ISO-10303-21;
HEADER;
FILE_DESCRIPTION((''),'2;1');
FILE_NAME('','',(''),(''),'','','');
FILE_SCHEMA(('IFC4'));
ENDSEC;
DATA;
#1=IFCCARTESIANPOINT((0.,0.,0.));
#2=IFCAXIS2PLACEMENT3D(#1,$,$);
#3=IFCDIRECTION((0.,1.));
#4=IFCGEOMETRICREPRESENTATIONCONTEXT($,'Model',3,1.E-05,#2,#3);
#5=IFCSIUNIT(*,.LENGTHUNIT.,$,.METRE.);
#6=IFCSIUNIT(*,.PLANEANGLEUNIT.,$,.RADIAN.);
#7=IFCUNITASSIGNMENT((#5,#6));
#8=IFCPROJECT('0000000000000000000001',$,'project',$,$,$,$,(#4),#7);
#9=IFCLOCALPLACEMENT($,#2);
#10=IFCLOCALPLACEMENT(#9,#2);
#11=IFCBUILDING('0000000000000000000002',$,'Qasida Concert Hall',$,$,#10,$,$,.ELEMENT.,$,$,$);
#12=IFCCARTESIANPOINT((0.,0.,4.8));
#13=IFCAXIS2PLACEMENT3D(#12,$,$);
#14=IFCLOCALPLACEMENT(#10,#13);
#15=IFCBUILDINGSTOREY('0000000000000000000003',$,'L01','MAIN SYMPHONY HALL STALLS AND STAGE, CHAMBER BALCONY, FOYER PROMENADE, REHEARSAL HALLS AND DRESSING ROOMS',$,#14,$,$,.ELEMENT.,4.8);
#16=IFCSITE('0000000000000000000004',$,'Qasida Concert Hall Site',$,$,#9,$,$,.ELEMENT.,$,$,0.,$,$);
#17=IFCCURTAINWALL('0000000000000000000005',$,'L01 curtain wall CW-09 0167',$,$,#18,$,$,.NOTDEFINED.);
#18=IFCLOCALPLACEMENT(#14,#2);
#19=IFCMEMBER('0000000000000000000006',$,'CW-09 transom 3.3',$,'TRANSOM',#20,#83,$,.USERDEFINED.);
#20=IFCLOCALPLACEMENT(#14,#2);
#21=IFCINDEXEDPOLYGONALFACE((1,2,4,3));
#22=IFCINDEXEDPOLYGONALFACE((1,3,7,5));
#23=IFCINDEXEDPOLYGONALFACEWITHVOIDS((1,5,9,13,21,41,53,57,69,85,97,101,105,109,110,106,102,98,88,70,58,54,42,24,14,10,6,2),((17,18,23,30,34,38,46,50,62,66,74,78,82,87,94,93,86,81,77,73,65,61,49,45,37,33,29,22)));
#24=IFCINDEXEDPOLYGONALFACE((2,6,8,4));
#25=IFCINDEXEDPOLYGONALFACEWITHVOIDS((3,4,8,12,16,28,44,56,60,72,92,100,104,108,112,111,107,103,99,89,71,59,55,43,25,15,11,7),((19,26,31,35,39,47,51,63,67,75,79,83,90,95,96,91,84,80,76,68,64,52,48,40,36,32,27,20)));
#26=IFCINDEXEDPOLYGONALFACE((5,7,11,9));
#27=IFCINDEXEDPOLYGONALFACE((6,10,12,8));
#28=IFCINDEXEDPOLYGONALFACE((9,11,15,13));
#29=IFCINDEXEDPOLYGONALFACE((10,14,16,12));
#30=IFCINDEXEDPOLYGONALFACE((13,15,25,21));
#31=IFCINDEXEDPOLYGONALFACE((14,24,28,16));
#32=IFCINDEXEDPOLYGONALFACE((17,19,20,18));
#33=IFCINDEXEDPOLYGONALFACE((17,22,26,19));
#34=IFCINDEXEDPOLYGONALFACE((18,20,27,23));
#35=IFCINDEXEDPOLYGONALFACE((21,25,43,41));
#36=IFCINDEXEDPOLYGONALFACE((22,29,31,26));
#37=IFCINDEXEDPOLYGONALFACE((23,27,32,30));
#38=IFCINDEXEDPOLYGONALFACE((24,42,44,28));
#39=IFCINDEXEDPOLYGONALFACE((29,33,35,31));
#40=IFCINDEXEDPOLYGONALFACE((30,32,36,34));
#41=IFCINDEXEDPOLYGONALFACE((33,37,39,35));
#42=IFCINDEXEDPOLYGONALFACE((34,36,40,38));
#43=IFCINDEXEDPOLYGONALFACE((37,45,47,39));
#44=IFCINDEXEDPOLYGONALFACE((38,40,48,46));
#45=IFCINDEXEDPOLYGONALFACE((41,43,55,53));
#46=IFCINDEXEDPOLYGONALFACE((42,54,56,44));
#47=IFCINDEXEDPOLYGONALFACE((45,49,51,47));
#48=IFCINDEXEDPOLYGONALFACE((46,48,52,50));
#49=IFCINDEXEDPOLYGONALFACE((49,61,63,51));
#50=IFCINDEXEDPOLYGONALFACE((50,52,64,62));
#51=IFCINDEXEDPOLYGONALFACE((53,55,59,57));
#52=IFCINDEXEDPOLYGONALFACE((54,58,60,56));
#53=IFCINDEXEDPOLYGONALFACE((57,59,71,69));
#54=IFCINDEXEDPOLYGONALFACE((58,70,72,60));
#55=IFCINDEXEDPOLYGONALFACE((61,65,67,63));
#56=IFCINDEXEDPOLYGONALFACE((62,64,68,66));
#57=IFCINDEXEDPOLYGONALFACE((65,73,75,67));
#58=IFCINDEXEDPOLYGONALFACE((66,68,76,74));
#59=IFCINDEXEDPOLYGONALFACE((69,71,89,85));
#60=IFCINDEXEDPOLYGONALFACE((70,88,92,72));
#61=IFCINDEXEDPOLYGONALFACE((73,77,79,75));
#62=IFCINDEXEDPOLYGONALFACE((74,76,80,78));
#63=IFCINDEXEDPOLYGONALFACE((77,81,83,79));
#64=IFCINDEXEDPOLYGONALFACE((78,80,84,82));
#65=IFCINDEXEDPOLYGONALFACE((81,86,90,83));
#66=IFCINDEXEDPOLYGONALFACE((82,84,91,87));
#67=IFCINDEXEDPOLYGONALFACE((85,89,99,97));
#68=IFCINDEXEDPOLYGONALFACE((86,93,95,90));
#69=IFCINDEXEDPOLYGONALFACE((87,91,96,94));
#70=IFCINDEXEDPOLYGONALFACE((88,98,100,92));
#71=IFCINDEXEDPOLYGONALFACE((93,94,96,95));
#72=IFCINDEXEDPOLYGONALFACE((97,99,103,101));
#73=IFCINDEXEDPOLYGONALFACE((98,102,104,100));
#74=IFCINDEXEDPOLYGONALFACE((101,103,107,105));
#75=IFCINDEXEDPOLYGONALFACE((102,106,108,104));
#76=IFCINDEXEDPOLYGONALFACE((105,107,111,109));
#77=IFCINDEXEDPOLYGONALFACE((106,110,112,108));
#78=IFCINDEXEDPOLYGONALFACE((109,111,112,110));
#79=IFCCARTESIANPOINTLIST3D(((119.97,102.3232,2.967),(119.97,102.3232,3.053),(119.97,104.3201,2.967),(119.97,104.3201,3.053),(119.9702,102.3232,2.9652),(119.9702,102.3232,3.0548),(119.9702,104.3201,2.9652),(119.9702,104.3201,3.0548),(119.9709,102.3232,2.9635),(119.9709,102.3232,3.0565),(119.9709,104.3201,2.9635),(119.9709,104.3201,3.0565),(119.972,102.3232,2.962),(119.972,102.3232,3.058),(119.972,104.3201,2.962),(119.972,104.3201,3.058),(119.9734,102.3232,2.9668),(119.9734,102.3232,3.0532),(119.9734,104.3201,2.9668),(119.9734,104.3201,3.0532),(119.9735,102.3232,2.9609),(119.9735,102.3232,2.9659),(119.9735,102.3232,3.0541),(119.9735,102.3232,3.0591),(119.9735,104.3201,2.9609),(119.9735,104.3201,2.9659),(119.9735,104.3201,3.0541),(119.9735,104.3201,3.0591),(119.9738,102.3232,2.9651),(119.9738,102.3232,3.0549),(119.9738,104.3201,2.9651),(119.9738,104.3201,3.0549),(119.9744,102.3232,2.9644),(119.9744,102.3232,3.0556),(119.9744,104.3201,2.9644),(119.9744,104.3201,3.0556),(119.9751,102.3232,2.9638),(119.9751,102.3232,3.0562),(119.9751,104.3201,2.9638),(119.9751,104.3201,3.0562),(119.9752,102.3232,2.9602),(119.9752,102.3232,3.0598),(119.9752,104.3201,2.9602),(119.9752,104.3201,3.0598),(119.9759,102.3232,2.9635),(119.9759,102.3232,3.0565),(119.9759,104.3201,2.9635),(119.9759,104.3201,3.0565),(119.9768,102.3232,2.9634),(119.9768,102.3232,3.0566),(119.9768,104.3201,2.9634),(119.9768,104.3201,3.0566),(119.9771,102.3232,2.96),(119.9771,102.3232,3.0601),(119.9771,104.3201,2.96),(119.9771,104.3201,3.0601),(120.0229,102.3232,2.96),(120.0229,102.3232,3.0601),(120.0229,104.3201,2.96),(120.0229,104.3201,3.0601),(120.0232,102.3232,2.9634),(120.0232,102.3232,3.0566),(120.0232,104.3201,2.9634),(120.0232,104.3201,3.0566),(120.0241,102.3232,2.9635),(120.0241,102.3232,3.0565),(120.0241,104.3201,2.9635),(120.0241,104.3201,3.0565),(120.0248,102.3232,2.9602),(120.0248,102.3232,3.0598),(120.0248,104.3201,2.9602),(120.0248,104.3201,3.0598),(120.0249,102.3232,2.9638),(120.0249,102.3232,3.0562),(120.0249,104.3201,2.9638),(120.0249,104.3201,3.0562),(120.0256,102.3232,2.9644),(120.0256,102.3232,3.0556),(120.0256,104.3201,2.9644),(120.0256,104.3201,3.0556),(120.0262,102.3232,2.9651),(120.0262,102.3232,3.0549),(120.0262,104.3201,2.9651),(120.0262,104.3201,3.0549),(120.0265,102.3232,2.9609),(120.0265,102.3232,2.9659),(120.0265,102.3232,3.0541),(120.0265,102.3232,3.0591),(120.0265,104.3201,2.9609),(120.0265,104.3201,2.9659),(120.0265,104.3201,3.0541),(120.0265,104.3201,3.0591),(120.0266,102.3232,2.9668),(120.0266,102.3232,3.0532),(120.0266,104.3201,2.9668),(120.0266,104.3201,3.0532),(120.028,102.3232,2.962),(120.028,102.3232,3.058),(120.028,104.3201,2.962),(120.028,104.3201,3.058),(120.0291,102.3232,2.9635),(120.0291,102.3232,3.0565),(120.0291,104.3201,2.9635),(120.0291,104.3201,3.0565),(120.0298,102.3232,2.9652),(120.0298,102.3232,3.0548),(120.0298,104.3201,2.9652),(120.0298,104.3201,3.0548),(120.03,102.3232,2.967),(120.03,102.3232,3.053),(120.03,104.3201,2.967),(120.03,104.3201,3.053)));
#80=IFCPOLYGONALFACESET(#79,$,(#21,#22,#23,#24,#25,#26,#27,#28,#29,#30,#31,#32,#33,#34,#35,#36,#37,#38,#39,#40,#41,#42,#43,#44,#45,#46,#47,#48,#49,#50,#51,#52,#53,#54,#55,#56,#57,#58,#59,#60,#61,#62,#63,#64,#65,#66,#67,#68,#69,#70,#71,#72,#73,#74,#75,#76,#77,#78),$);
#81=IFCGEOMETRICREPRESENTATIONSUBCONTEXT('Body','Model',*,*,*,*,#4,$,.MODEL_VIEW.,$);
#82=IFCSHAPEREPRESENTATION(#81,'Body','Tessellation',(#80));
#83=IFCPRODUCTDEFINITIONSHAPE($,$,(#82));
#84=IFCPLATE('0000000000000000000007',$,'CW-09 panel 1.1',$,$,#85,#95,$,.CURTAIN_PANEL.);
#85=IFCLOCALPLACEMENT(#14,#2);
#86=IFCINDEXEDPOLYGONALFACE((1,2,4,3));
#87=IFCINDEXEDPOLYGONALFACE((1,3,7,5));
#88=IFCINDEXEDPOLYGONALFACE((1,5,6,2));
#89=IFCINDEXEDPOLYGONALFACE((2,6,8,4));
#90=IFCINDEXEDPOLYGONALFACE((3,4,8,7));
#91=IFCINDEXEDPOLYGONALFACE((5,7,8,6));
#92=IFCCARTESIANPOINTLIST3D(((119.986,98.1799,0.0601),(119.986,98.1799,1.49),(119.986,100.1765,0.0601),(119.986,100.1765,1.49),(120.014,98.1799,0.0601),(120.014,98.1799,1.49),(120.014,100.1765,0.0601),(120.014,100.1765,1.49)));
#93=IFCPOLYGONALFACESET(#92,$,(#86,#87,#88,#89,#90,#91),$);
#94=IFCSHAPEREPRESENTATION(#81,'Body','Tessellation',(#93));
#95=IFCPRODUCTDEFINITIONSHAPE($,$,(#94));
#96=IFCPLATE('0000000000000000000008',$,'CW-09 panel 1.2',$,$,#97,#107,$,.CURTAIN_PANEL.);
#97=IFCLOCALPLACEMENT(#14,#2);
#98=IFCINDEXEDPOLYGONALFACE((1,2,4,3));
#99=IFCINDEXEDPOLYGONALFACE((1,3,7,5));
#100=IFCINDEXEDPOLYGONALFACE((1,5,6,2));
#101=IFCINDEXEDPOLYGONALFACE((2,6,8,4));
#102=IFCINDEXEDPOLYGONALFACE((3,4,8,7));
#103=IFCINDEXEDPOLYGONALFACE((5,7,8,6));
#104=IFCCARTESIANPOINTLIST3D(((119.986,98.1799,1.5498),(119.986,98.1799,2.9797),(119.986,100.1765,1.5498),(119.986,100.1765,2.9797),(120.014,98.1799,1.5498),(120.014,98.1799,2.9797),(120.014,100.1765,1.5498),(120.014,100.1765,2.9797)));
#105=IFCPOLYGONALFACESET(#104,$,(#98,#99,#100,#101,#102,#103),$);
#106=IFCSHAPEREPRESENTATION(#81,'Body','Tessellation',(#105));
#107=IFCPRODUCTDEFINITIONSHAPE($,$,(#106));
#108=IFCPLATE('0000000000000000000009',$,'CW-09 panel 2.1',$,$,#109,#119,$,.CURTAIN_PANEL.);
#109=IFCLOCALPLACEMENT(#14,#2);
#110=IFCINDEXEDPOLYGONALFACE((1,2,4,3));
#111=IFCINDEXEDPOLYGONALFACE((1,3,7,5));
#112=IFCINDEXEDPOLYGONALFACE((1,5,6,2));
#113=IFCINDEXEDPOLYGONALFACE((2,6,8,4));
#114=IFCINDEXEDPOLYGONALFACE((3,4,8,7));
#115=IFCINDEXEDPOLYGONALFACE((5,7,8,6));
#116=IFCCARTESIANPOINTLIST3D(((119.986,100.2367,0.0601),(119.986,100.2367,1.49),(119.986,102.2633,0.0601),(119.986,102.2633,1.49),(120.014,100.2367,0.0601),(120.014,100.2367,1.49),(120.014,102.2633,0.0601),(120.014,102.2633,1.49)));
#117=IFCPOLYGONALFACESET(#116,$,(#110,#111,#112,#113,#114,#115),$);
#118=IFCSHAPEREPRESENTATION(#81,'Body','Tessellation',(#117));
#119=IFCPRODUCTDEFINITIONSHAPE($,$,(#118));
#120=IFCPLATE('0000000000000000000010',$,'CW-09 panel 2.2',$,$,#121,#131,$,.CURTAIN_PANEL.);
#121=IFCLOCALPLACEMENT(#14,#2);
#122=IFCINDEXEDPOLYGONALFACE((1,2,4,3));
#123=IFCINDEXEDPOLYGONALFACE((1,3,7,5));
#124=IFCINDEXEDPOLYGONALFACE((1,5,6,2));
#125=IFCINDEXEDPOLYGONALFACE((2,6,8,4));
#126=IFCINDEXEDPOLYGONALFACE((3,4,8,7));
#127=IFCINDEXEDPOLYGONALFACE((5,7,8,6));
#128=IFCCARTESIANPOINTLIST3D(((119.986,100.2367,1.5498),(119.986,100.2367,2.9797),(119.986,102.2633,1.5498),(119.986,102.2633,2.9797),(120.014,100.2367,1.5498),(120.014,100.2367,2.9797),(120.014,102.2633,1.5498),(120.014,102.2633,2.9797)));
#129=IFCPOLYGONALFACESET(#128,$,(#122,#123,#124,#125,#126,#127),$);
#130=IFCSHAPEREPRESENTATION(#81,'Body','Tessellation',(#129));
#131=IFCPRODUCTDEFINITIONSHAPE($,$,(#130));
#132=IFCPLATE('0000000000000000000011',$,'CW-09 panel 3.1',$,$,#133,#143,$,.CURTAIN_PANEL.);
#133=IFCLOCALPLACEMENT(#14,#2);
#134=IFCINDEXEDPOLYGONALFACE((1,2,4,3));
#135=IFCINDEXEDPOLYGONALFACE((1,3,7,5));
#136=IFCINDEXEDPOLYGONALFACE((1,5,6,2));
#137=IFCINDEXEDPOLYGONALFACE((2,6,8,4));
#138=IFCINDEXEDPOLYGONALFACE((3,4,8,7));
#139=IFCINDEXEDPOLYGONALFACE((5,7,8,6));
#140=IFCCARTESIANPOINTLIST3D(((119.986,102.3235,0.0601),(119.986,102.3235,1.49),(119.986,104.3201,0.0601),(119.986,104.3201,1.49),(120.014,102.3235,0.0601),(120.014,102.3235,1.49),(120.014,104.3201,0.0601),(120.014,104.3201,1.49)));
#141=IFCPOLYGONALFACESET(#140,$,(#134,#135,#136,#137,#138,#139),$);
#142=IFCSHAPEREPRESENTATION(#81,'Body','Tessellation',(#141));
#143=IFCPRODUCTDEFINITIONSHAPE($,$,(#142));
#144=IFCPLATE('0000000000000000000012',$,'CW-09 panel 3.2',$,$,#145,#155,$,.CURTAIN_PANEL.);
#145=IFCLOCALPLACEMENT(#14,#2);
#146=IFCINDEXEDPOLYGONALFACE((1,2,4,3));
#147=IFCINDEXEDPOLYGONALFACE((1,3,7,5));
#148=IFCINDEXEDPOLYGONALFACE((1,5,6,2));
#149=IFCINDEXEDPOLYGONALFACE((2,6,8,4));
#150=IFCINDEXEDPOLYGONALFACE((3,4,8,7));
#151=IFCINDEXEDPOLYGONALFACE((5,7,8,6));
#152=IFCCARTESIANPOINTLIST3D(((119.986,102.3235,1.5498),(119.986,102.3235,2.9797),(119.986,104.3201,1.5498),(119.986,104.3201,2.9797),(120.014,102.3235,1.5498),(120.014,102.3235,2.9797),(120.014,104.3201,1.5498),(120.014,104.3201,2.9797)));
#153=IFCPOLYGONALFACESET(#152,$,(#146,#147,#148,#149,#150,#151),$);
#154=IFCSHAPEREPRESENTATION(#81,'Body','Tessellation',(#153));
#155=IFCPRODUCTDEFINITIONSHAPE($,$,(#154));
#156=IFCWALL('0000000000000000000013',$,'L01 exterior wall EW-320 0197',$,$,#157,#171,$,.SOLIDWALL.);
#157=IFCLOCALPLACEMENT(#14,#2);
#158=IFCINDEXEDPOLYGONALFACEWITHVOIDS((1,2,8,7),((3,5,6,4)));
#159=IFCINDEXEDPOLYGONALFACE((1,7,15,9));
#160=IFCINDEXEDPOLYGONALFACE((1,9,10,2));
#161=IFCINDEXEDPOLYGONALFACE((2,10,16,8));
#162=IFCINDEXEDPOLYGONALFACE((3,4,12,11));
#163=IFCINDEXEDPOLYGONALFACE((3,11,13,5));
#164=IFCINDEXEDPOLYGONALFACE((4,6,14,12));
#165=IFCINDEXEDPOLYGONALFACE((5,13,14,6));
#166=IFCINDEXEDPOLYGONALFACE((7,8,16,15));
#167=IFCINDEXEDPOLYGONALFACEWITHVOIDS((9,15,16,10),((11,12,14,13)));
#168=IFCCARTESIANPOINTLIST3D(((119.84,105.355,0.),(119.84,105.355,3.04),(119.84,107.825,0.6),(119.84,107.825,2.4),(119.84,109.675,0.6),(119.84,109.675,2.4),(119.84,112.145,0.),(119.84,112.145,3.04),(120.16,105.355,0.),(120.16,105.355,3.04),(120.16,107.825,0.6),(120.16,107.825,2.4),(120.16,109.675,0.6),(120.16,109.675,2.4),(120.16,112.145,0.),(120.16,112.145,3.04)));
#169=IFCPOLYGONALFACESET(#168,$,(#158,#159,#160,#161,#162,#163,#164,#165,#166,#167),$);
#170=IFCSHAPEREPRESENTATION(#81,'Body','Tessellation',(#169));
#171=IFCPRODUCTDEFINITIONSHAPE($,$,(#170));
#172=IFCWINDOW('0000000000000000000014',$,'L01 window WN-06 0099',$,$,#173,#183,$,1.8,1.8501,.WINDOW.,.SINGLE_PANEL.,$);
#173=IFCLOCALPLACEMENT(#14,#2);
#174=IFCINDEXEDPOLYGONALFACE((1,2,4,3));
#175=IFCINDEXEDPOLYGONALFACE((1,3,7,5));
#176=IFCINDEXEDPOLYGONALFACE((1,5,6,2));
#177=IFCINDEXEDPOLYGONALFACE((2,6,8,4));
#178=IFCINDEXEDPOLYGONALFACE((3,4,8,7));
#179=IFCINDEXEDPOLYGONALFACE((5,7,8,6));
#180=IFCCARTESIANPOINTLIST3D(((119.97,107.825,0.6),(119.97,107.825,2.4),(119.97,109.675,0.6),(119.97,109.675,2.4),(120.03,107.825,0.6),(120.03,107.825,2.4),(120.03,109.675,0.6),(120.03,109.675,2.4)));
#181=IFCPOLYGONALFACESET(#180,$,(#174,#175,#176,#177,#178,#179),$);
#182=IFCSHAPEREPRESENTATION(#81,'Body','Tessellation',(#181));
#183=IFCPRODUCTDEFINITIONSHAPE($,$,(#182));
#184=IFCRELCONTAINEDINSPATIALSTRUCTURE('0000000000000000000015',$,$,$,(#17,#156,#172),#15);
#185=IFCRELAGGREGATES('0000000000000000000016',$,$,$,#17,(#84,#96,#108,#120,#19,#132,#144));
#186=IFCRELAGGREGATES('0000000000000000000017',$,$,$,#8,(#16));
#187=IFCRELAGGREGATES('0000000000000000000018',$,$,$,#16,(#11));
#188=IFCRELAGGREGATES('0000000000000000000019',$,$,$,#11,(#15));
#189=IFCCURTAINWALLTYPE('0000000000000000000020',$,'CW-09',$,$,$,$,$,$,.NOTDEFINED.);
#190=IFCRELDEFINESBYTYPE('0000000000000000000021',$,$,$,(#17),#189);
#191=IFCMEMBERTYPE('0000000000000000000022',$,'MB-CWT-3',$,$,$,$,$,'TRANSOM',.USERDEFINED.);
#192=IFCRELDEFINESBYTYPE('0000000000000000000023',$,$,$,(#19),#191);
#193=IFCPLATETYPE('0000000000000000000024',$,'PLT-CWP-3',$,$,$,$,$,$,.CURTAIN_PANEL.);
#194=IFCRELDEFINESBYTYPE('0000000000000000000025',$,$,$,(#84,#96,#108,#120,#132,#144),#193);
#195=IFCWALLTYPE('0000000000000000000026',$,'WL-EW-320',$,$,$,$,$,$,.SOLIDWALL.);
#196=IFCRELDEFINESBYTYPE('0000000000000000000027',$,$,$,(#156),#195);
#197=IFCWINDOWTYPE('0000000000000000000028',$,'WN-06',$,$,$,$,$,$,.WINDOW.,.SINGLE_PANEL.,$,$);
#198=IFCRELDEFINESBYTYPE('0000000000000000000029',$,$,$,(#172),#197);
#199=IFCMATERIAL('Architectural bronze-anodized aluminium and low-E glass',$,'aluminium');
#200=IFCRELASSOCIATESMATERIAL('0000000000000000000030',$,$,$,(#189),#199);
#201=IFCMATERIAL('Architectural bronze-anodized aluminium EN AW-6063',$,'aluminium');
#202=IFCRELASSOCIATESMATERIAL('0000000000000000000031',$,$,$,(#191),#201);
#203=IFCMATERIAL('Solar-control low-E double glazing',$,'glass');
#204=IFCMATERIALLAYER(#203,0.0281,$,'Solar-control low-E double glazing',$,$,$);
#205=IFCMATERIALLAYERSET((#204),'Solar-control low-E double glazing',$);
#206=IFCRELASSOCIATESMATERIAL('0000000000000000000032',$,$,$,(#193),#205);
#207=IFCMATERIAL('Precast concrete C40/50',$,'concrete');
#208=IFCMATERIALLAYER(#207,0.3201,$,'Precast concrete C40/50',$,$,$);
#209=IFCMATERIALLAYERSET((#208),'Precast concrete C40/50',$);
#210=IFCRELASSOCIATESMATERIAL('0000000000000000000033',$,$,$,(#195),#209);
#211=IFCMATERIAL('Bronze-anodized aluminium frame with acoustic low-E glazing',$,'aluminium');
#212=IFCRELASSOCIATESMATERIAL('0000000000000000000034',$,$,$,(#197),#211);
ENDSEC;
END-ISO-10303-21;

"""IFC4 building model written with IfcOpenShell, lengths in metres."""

from ifc_helpers import new_model, si_unit, direction, frame, frame_2d, origin, origin_2d, place, context, subcontext, project, spatial, rectangle, hollow_rectangle, extrude, material, layer, layer_set, material_profile, profile_set, type_object, element, fill, aggregate, save


model = new_model("IFC4")

# Units and contexts
model_context = context("Model", 3, precision=1e-05, world=origin(), true_north=direction((0.0, 1.0)))
body_context = subcontext(model_context, "Body", "Model", "MODEL_VIEW")
ifc_project = project(units=[si_unit("LENGTHUNIT", "METRE"), si_unit("PLANEANGLEUNIT", "RADIAN")], contexts=[model_context])

# Site, building, storey
site_placement = place(None, origin())
site = spatial("IfcSite", under=ifc_project, at=site_placement, Name="Qasida Concert Hall Site", CompositionType="ELEMENT", RefElevation=0.0)
building_placement = place(site_placement, origin())
building = spatial("IfcBuilding", under=site, at=building_placement, Name="Qasida Concert Hall", CompositionType="ELEMENT")
storey_placement = place(building_placement, frame((0.0, 0.0, 4.8)))
storey = spatial("IfcBuildingStorey", under=building, at=storey_placement, Name="L01", Description="MAIN SYMPHONY HALL STALLS AND STAGE, CHAMBER BALCONY, FOYER PROMENADE, REHEARSAL HALLS AND DRESSING ROOMS", CompositionType="ELEMENT", Elevation=4.8)

# Shared definitions
ifc_material_1 = material(Name="Architectural bronze-anodized aluminium and low-E glass", Category="aluminium")
ifc_material_2 = material(Name="Architectural bronze-anodized aluminium EN AW-6063", Category="aluminium")

# Curtain wall
curtain_wall_type_1 = type_object("IfcCurtainWallType", Name="CW-09", PredefinedType="NOTDEFINED", material=ifc_material_1)
curtain_wall_1_placement = place(storey_placement, origin())
curtain_wall_1 = element("IfcCurtainWall", 1, at=curtain_wall_1_placement, inside=storey, type_object=curtain_wall_type_1, Name="L01 curtain wall CW-09 0167", PredefinedType="NOTDEFINED")

# Member
ifc_material_profile_1 = material_profile(ifc_material_2, hollow_rectangle(XDim=0.0601, YDim=0.1001, WallThickness=0.0034, InnerFilletRadius=0.0034, OuterFilletRadius=0.0071, at=origin_2d()), Name="CWT 100x60x3.5")
ifc_profile_set_1 = profile_set([ifc_material_profile_1], Name="Architectural bronze-anodized aluminium EN AW-6063")
member_type_1 = type_object("IfcMemberType", Name="MB-CWT-3", ElementType="TRANSOM", PredefinedType="USERDEFINED", material=ifc_profile_set_1)
member_1_placement = place(storey_placement, frame((120.0, 102.3232, 3.01), z_axis=(0.0, 1.0, 0.0), x_axis=(-1.0, 0.0, 0.0)))
member_1 = element("IfcMember", 2, at=member_1_placement, type_object=member_type_1, Name="CW-09 transom 3.3", ObjectType="TRANSOM", PredefinedType="USERDEFINED", context=body_context, shape_type="SweptSolid", body=[
    extrude(hollow_rectangle(XDim=0.0601, YDim=0.1001, WallThickness=0.0034, InnerFilletRadius=0.0034, OuterFilletRadius=0.0071, at=origin_2d()), origin(), (0.0, 0.0, 1.0), 1.9968),
])

# Plates
ifc_material_3 = material(Name="Solar-control low-E double glazing", Category="glass")
ifc_layer_1 = layer(ifc_material_3, 0.0281, Name="Solar-control low-E double glazing")
ifc_layer_set_1 = layer_set([ifc_layer_1], Name="Solar-control low-E double glazing")
plate_type = type_object("IfcPlateType", Name="PLT-CWP-3", PredefinedType="CURTAIN_PANEL", material=ifc_layer_set_1)
plate_1_placement = place(storey_placement, frame((120.0, 99.1782, 0.0601), z_axis=(0.0, 0.0, 1.0), x_axis=(0.0, 1.0, 0.0)))
plate_1 = element("IfcPlate", 3, at=plate_1_placement, type_object=plate_type, Name="CW-09 panel 1.1", PredefinedType="CURTAIN_PANEL", context=body_context, shape_type="SweptSolid", body=[
    extrude(rectangle(XDim=1.9966, YDim=0.0281, at=origin_2d()), origin(), (0.0, 0.0, 1.0), 1.4299),
])
plate_2_placement = place(storey_placement, frame((120.0, 99.1782, 1.5498), z_axis=(0.0, 0.0, 1.0), x_axis=(0.0, 1.0, 0.0)))
plate_2 = element("IfcPlate", 4, at=plate_2_placement, type_object=plate_type, Name="CW-09 panel 1.2", PredefinedType="CURTAIN_PANEL", context=body_context, shape_type="SweptSolid", body=[
    extrude(rectangle(XDim=1.9966, YDim=0.0281, at=origin_2d()), origin(), (0.0, 0.0, 1.0), 1.4299),
])
plate_3_placement = place(storey_placement, frame((120.0, 101.25, 0.0601), z_axis=(0.0, 0.0, 1.0), x_axis=(0.0, 1.0, 0.0)))
plate_3 = element("IfcPlate", 5, at=plate_3_placement, type_object=plate_type, Name="CW-09 panel 2.1", PredefinedType="CURTAIN_PANEL", context=body_context, shape_type="SweptSolid", body=[
    extrude(rectangle(XDim=2.0266, YDim=0.0281, at=origin_2d()), origin(), (0.0, 0.0, 1.0), 1.4299),
])
plate_4_placement = place(storey_placement, frame((120.0, 101.25, 1.5498), z_axis=(0.0, 0.0, 1.0), x_axis=(0.0, 1.0, 0.0)))
plate_4 = element("IfcPlate", 6, at=plate_4_placement, type_object=plate_type, Name="CW-09 panel 2.2", PredefinedType="CURTAIN_PANEL", context=body_context, shape_type="SweptSolid", body=[
    extrude(rectangle(XDim=2.0266, YDim=0.0281, at=origin_2d()), origin(), (0.0, 0.0, 1.0), 1.4299),
])
plate_5_placement = place(storey_placement, frame((120.0, 103.3218, 0.0601), z_axis=(0.0, 0.0, 1.0), x_axis=(0.0, 1.0, 0.0)))
plate_5 = element("IfcPlate", 7, at=plate_5_placement, type_object=plate_type, Name="CW-09 panel 3.1", PredefinedType="CURTAIN_PANEL", context=body_context, shape_type="SweptSolid", body=[
    extrude(rectangle(XDim=1.9966, YDim=0.0281, at=origin_2d()), origin(), (0.0, 0.0, 1.0), 1.4299),
])
plate_6_placement = place(storey_placement, frame((120.0, 103.3218, 1.5498), z_axis=(0.0, 0.0, 1.0), x_axis=(0.0, 1.0, 0.0)))
plate_6 = element("IfcPlate", 8, at=plate_6_placement, type_object=plate_type, Name="CW-09 panel 3.2", PredefinedType="CURTAIN_PANEL", context=body_context, shape_type="SweptSolid", body=[
    extrude(rectangle(XDim=1.9966, YDim=0.0281, at=origin_2d()), origin(), (0.0, 0.0, 1.0), 1.4299),
])
aggregate(curtain_wall_1, [plate_1, plate_2, plate_3, plate_4, member_1, plate_5, plate_6])

# Wall, opening, window
ifc_material_4 = material(Name="Precast concrete C40/50", Category="concrete")
ifc_layer_2 = layer(ifc_material_4, 0.3201, Name="Precast concrete C40/50")
ifc_layer_set_2 = layer_set([ifc_layer_2], Name="Precast concrete C40/50")
wall_type = type_object("IfcWallType", Name="WL-EW-320", PredefinedType="SOLIDWALL", material=ifc_layer_set_2)
wall_placement = place(storey_placement, frame((120.0, 105.355, 0.0), z_axis=(0.0, 0.0, 1.0), x_axis=(0.0, 1.0, 0.0)))
wall = element("IfcWall", 9, at=wall_placement, inside=storey, type_object=wall_type, Name="L01 exterior wall EW-320 0197", PredefinedType="SOLIDWALL", context=body_context, shape_type="SweptSolid", body=[
    extrude(rectangle(XDim=6.79, YDim=0.3201, at=frame_2d((3.395, 0.0))), origin(), (0.0, 0.0, 1.0), 3.04),
])
opening_placement = place(wall_placement, frame((2.47, 0.0, 0.6001)))
opening = element("IfcOpeningElement", 10, at=opening_placement, cuts=wall, PredefinedType="OPENING", context=body_context, shape_type="SweptSolid", body=[
    extrude(rectangle(XDim=1.8501, YDim=1.8, at=frame_2d((0.925, 0.8999))), frame((0.0, 0.1699, 0.0), z_axis=(0.0, -1.0, 0.0), x_axis=(1.0, 0.0, 0.0)), (0.0, 0.0, 1.0), 0.3401),
])
ifc_material_5 = material(Name="Bronze-anodized aluminium frame with acoustic low-E glazing", Category="aluminium")
window_type = type_object("IfcWindowType", Name="WN-06", PartitioningType="SINGLE_PANEL", PredefinedType="WINDOW", material=ifc_material_5)
window_placement = place(opening_placement, origin())
window = element("IfcWindow", 11, at=window_placement, inside=storey, type_object=window_type, Name="L01 window WN-06 0099", OverallHeight=1.8, OverallWidth=1.8501, PartitioningType="SINGLE_PANEL", PredefinedType="WINDOW", context=body_context, shape_type="SweptSolid", body=[
    extrude(rectangle(XDim=1.8501, YDim=1.8, at=frame_2d((0.925, 0.8999))), frame((0.0, 0.03, 0.0), z_axis=(0.0, -1.0, 0.0), x_axis=(1.0, 0.0, 0.0)), (0.0, 0.0, 1.0), 0.0601),
])
fill(opening, window)

save(model, "model.ifc")
